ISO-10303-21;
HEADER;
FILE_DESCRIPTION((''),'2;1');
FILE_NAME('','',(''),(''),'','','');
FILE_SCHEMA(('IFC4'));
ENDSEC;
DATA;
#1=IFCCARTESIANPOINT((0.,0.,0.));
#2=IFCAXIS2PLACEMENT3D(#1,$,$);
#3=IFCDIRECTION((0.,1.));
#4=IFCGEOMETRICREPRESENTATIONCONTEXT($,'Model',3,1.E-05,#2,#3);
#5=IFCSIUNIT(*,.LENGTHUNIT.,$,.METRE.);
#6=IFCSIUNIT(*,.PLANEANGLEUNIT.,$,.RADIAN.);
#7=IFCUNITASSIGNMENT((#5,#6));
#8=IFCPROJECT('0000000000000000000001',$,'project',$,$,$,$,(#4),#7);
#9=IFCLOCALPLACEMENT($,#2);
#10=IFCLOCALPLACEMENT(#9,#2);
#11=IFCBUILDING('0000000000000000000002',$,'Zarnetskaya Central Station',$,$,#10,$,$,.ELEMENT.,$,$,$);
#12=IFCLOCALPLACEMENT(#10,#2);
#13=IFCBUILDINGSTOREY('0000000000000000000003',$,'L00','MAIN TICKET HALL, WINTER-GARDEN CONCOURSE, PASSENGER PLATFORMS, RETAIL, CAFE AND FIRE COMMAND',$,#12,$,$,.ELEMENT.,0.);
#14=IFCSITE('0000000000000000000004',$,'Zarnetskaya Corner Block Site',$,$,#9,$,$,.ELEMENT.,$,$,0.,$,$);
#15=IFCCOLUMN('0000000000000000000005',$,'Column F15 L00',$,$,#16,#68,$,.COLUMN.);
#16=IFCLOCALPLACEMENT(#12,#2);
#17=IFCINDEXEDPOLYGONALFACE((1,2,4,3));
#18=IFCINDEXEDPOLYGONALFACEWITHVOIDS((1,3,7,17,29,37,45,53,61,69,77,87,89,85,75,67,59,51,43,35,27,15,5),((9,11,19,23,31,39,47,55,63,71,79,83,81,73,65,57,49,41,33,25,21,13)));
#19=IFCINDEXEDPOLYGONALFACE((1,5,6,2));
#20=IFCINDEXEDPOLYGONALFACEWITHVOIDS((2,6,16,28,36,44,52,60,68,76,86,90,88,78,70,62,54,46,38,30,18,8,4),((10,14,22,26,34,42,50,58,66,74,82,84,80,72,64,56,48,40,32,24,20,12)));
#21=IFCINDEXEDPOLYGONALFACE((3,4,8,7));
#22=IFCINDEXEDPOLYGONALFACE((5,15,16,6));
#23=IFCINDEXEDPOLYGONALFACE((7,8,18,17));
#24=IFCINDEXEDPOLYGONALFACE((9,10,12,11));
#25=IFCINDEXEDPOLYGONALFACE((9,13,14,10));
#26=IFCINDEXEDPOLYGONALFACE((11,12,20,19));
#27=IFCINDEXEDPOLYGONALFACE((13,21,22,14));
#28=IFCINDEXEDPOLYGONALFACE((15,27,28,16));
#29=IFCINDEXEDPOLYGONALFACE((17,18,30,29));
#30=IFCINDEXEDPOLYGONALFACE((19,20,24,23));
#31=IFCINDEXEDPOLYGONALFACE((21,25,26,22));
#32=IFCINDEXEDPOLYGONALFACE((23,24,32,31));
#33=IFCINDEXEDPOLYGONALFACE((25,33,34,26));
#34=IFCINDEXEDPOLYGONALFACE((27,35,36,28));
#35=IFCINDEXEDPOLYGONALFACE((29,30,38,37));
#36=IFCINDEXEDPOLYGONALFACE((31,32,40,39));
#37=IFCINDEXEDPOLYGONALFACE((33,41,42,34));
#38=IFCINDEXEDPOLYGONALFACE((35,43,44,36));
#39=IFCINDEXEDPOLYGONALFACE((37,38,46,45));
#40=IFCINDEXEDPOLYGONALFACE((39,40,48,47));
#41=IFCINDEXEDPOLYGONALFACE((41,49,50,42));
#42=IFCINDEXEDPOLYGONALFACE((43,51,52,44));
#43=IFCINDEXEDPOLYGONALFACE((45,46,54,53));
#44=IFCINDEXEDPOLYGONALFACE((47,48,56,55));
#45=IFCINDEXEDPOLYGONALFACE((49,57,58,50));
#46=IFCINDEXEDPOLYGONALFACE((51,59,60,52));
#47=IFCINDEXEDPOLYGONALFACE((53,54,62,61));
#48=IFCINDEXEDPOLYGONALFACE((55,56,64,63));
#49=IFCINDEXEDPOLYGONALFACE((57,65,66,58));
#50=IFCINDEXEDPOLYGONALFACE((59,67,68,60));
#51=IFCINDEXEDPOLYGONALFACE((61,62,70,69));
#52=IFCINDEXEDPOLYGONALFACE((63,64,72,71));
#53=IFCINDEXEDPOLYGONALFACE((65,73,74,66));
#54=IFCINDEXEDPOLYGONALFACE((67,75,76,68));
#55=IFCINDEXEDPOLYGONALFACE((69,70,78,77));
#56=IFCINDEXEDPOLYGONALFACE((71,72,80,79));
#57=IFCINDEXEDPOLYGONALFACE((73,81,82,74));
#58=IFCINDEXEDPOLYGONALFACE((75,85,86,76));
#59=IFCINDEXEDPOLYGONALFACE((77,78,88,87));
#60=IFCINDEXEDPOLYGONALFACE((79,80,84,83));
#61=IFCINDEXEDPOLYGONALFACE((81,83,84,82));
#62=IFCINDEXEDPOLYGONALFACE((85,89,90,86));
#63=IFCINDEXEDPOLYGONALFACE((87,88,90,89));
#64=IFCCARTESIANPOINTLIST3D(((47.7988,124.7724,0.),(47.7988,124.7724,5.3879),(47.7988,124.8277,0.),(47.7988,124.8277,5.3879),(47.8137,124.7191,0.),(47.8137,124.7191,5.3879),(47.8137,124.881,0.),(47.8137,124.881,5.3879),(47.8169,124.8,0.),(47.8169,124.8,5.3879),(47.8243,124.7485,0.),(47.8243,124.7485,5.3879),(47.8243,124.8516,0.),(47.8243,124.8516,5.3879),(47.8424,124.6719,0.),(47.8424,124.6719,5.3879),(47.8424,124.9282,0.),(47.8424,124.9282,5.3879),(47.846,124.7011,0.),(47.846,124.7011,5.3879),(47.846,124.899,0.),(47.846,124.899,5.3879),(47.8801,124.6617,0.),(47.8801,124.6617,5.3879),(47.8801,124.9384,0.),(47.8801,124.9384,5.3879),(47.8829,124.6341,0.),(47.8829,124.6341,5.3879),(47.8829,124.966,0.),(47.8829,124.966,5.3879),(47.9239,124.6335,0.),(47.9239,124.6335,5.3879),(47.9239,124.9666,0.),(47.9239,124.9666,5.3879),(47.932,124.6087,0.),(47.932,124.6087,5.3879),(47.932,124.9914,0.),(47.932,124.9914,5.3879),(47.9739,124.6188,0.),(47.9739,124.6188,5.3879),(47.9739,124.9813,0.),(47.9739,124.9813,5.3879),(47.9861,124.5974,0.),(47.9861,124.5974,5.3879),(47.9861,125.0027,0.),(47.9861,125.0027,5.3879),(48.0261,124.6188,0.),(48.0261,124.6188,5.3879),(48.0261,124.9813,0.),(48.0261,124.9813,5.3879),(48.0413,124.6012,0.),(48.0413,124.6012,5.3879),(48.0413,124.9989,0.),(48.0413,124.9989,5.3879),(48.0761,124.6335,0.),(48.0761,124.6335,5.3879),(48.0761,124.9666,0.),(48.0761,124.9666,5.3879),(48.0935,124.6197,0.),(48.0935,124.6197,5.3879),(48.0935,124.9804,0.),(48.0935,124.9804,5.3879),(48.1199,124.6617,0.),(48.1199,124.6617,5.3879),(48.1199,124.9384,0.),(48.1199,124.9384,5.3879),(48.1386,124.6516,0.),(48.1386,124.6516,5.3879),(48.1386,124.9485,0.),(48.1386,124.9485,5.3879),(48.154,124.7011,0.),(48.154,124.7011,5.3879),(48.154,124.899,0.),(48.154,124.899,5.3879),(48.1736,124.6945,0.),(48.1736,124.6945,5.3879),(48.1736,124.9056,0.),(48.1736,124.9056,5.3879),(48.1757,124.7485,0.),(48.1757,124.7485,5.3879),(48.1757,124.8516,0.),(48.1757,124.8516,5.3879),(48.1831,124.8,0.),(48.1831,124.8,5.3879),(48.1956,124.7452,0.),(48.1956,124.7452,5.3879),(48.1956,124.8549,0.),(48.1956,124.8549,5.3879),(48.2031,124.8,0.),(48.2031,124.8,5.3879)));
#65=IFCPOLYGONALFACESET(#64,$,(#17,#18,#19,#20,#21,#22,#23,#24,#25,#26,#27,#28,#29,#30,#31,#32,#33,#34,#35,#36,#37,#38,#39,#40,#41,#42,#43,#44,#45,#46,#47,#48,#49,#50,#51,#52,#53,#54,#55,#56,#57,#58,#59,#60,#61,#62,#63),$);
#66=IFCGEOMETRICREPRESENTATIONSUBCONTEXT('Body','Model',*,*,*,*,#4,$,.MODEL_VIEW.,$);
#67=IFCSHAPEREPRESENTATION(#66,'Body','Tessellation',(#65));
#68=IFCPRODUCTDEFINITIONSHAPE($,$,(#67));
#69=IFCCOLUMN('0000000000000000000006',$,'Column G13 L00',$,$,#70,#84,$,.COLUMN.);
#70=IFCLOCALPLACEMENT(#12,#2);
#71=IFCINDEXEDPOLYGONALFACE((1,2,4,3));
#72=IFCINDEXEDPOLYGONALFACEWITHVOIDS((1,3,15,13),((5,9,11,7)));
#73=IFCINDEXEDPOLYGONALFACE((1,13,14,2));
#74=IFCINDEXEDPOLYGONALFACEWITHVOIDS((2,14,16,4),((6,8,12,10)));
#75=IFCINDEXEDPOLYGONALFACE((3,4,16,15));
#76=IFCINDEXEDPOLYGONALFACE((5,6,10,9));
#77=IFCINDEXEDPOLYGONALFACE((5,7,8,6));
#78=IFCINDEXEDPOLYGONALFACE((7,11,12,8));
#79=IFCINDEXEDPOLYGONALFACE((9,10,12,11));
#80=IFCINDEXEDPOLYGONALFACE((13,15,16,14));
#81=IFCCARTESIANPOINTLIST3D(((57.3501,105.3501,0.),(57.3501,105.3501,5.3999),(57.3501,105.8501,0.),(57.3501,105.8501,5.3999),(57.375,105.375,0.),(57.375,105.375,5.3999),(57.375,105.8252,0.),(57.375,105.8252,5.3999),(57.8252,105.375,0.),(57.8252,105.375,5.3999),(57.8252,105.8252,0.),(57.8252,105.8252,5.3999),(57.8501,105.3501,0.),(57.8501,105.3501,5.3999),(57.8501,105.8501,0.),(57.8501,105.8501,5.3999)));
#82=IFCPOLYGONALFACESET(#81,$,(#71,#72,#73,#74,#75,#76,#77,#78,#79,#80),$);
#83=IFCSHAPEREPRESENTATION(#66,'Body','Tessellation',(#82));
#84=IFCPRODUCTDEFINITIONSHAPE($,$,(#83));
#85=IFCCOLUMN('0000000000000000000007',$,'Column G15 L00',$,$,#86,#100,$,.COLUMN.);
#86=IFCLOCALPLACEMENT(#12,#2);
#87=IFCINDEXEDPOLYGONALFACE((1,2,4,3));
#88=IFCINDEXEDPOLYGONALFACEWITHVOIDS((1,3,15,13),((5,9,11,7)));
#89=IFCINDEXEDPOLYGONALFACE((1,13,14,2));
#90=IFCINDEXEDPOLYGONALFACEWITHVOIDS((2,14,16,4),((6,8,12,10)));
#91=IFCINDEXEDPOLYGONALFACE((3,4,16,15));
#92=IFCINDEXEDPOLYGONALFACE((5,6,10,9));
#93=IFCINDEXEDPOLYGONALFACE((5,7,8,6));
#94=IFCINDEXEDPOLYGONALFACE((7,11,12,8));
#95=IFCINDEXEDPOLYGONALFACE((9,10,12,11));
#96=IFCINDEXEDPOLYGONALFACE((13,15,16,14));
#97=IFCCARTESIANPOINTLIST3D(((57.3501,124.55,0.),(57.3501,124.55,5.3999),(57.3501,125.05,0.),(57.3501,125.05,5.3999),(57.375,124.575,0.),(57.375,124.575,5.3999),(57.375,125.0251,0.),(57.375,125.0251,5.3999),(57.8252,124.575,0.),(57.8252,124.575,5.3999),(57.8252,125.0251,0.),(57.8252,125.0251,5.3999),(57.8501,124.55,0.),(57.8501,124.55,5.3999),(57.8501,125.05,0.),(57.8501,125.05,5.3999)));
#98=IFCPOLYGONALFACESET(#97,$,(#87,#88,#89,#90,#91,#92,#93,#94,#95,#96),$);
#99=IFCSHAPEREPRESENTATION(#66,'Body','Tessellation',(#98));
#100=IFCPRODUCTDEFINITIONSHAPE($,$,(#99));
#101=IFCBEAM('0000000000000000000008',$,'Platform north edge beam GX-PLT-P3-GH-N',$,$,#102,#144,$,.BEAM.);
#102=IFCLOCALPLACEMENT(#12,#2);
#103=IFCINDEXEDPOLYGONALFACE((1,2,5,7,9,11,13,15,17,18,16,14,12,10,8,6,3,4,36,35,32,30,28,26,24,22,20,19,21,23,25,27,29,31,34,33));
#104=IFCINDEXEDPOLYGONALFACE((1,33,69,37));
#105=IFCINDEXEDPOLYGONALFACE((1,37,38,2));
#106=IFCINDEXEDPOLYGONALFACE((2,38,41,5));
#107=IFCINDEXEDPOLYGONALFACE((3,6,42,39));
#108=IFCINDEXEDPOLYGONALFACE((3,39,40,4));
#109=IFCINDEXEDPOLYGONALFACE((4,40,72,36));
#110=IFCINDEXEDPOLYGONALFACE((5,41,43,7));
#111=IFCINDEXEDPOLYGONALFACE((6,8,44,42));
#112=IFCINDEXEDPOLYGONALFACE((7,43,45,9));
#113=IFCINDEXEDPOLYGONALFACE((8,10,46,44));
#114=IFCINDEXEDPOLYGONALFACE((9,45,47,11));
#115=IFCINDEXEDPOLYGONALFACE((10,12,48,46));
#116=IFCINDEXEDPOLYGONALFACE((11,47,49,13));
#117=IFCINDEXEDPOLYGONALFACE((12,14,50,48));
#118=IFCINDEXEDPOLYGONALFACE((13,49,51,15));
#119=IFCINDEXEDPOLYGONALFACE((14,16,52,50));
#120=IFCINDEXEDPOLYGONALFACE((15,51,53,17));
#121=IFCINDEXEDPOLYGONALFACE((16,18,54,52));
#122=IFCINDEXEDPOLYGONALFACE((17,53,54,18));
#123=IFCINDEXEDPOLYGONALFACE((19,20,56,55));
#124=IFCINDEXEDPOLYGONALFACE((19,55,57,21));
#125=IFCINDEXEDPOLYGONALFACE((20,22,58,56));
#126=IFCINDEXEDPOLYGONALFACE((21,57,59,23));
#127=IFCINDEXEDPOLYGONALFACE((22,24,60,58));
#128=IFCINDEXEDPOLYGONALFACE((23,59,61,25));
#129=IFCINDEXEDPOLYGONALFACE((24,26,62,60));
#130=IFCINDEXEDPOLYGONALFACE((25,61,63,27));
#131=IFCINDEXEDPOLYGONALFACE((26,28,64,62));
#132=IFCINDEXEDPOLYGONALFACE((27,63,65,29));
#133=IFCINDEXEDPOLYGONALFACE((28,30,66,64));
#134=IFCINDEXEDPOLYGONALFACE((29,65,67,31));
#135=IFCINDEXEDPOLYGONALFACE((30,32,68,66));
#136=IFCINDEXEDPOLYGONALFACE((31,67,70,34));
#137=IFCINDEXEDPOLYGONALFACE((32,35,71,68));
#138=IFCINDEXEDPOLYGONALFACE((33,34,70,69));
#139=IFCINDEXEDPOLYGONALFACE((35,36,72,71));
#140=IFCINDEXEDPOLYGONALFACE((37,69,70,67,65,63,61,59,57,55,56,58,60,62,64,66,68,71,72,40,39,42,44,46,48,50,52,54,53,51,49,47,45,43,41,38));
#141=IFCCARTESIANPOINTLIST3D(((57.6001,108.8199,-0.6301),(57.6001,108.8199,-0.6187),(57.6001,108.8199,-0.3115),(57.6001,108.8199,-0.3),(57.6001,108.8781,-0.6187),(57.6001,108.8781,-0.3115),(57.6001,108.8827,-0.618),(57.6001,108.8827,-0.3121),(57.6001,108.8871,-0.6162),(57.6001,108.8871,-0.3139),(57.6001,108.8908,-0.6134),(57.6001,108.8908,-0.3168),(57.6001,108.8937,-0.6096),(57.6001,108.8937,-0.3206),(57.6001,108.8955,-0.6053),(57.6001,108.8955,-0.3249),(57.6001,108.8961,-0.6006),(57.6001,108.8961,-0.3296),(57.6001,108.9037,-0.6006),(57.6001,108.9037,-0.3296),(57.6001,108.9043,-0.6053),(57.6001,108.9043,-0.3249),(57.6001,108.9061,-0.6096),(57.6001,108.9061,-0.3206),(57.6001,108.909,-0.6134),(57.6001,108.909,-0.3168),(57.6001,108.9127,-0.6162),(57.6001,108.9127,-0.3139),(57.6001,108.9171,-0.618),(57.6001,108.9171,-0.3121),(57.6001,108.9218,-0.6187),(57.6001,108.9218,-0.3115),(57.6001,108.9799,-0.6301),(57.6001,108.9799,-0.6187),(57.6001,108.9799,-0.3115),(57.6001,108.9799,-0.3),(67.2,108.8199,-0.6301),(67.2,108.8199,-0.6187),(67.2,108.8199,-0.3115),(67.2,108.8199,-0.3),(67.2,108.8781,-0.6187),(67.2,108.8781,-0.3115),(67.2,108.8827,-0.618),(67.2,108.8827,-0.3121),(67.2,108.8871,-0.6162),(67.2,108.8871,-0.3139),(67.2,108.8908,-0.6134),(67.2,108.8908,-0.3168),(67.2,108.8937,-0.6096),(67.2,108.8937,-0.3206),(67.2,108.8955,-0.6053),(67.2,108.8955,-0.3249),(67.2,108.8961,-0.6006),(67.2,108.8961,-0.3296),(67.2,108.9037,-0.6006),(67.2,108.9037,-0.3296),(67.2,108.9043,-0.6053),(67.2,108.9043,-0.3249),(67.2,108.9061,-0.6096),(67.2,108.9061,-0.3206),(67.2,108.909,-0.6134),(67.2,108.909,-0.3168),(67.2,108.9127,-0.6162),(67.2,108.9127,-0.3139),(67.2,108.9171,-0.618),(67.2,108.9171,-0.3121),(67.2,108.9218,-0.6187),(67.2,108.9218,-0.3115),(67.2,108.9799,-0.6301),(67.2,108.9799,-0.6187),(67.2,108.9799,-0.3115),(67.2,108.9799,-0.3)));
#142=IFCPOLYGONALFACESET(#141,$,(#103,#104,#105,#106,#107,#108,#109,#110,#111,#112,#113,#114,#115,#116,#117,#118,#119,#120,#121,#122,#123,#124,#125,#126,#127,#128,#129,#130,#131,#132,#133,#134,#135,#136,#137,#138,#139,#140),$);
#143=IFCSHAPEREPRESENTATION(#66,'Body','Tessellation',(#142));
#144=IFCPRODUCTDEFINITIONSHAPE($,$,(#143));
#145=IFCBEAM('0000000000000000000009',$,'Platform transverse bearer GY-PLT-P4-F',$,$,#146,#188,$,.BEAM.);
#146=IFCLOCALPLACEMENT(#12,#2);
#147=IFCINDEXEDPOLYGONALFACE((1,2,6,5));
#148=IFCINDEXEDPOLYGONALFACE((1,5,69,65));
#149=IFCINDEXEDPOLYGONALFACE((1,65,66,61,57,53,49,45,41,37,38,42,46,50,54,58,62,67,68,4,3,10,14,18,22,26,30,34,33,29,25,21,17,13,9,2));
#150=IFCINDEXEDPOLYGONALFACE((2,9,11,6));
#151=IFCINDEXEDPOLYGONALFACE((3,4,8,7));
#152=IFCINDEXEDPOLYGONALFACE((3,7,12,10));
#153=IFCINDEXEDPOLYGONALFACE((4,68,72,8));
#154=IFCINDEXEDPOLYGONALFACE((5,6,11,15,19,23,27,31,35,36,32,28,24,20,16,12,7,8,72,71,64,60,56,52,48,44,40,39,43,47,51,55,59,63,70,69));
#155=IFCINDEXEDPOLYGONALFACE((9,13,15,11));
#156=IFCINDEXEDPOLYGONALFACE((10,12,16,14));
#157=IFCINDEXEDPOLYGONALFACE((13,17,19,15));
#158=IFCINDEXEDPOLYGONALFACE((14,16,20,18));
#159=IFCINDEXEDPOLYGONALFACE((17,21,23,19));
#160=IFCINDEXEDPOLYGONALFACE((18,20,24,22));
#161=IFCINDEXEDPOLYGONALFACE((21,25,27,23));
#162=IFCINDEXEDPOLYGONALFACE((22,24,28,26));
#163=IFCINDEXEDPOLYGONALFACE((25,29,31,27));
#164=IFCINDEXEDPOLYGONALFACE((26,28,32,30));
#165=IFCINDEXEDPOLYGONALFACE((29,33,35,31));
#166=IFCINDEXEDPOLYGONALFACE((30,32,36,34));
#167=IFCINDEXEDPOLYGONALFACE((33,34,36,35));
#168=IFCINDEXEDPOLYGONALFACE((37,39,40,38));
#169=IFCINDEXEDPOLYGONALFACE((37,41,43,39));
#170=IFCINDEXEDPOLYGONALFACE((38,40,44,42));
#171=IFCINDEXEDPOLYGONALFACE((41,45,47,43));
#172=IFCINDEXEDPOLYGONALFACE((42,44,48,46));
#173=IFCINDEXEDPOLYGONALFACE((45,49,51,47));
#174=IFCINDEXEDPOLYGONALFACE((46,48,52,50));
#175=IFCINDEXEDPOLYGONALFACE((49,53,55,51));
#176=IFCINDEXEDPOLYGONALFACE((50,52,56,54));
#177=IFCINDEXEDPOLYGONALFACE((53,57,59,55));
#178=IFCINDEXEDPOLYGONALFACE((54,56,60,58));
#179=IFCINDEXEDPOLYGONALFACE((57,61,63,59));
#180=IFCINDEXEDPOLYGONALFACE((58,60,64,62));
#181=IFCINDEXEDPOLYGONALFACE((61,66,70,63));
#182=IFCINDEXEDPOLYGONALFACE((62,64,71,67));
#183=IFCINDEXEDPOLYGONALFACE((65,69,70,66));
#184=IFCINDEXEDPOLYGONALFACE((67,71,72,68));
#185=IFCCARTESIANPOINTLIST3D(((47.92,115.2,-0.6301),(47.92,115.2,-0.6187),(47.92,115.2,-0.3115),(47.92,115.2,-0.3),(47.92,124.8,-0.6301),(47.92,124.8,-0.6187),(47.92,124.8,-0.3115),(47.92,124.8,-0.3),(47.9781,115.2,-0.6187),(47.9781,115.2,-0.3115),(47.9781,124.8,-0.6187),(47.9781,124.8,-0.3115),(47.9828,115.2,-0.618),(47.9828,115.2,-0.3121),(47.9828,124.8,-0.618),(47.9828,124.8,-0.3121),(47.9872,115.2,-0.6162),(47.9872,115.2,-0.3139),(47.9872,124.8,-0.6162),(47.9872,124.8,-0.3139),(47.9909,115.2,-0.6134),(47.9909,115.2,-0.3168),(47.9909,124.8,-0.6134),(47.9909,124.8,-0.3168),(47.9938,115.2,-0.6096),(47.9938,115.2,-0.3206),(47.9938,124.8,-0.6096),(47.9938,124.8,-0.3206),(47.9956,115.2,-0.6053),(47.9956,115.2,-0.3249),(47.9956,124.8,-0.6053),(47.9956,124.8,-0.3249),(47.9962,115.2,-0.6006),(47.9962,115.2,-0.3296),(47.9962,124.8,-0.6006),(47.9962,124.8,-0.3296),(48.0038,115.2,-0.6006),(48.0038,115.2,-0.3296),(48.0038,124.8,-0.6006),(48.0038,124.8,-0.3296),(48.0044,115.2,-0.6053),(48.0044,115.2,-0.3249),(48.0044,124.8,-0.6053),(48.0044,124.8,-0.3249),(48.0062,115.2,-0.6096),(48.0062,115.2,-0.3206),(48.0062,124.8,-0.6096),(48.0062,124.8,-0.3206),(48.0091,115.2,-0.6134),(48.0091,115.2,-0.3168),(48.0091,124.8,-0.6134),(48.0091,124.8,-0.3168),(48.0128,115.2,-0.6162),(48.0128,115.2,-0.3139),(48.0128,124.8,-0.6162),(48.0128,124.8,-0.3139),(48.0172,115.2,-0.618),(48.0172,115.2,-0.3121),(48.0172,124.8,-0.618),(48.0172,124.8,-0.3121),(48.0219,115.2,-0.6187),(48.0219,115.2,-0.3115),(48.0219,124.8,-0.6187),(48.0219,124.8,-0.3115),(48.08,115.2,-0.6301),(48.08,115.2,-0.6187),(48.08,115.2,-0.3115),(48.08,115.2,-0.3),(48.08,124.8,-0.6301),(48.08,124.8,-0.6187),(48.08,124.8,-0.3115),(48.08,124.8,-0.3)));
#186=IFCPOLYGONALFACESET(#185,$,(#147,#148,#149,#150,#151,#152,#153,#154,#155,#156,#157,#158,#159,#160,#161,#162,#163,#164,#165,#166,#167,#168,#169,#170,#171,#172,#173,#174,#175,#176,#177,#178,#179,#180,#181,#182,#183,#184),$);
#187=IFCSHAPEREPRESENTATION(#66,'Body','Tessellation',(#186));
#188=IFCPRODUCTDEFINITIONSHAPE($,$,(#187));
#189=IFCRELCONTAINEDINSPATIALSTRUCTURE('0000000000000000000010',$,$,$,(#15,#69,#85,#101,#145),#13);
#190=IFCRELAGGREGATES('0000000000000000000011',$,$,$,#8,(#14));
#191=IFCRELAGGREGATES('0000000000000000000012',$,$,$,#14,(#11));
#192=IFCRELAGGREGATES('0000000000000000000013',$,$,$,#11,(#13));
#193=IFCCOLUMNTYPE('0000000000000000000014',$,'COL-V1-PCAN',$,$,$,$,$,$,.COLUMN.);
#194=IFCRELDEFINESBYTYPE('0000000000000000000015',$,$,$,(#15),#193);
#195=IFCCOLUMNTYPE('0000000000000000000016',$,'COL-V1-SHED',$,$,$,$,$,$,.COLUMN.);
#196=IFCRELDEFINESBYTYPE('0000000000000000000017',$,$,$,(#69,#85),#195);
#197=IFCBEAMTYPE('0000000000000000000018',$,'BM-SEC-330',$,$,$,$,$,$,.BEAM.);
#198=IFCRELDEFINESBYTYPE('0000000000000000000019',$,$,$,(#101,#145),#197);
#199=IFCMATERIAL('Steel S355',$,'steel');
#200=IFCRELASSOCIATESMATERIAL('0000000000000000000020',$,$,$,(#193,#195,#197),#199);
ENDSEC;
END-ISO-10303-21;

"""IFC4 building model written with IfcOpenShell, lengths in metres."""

from ifc_helpers import new_model, si_unit, direction, frame, origin, origin_2d, place, context, subcontext, project, spatial, hollow_rectangle, hollow_circle, i_section, extrude, material, material_profile, profile_set, type_object, element, save


model = new_model("IFC4")

# Units and contexts
model_context = context("Model", 3, precision=1e-05, world=origin(), true_north=direction((0.0, 1.0)))
body_context = subcontext(model_context, "Body", "Model", "MODEL_VIEW")
ifc_project = project(units=[si_unit("LENGTHUNIT", "METRE"), si_unit("PLANEANGLEUNIT", "RADIAN")], contexts=[model_context])

# Site, building, storey
site_placement = place(None, origin())
site = spatial("IfcSite", under=ifc_project, at=site_placement, Name="Zarnetskaya Corner Block Site", CompositionType="ELEMENT", RefElevation=0.0)
building_placement = place(site_placement, origin())
building = spatial("IfcBuilding", under=site, at=building_placement, Name="Zarnetskaya Central Station", CompositionType="ELEMENT")
storey_placement = place(building_placement, origin())
storey = spatial("IfcBuildingStorey", under=building, at=storey_placement, Name="L00", Description="MAIN TICKET HALL, WINTER-GARDEN CONCOURSE, PASSENGER PLATFORMS, RETAIL, CAFE AND FIRE COMMAND", CompositionType="ELEMENT", Elevation=0.0)

# Columns
ifc_material_1 = material(Name="Steel S355", Category="steel")
ifc_material_profile_1 = material_profile(ifc_material_1, hollow_circle(Radius=0.2031, WallThickness=0.02, at=origin_2d()), Name="CHS 406.4x20")
ifc_profile_set_1 = profile_set([ifc_material_profile_1], Name="Steel S355")
column_type_1 = type_object("IfcColumnType", Name="COL-V1-PCAN", PredefinedType="COLUMN", material=ifc_profile_set_1)
column_placement = place(storey_placement, frame((48.0, 124.8, 0.0), z_axis=(0.0, 0.0, 1.0), x_axis=(1.0, 0.0, 0.0)))
element("IfcColumn", 1, at=column_placement, inside=storey, type_object=column_type_1, Name="Column F15 L00", PredefinedType="COLUMN", context=body_context, shape_type="SweptSolid", body=[
    extrude(hollow_circle(Radius=0.2031, WallThickness=0.02, at=origin_2d()), origin(), (0.0, 0.0, 1.0), 5.3879),
])
ifc_material_profile_2 = material_profile(ifc_material_1, hollow_rectangle(XDim=0.5, YDim=0.5, WallThickness=0.0249, at=origin_2d()), Name="BOX 500x500x25")
ifc_profile_set_2 = profile_set([ifc_material_profile_2], Name="Steel S355")
column_type_2 = type_object("IfcColumnType", Name="COL-V1-SHED", PredefinedType="COLUMN", material=ifc_profile_set_2)
for number, where, z_axis, x_axis, name in (
    (2, (57.6001, 105.6001, 0.0), (0.0, 0.0, 1.0), (1.0, 0.0, 0.0), "Column G13 L00"),
    (3, (57.6001, 124.8, 0.0), (0.0, 0.0, 1.0), (1.0, 0.0, 0.0), "Column G15 L00"),
):
    element("IfcColumn", number, at=place(storey_placement, frame(where, z_axis=z_axis, x_axis=x_axis)), inside=storey, type_object=column_type_2, Name=name, PredefinedType="COLUMN", context=body_context, shape_type="SweptSolid", body=[
        extrude(hollow_rectangle(XDim=0.5, YDim=0.5, WallThickness=0.0249, at=origin_2d()), origin(), (0.0, 0.0, 1.0), 5.3999),
    ])

# Beams
ifc_material_profile_3 = material_profile(ifc_material_1, i_section(OverallWidth=0.1599, OverallDepth=0.3301, WebThickness=0.0076, FlangeThickness=0.0115, FilletRadius=0.0181, at=origin_2d()), Name="IPE 330")
ifc_profile_set_3 = profile_set([ifc_material_profile_3], Name="Steel S355")
beam_type_1 = type_object("IfcBeamType", Name="BM-SEC-330", PredefinedType="BEAM", material=ifc_profile_set_3)
beam_1_placement = place(storey_placement, frame((57.6001, 108.8999, -0.4651), z_axis=(1.0, 0.0, 0.0), x_axis=(0.0, 1.0, 0.0)))
element("IfcBeam", 4, at=beam_1_placement, inside=storey, type_object=beam_type_1, Name="Platform north edge beam GX-PLT-P3-GH-N", PredefinedType="BEAM", context=body_context, shape_type="SweptSolid", body=[
    extrude(i_section(OverallWidth=0.1599, OverallDepth=0.3301, WebThickness=0.0076, FlangeThickness=0.0115, FilletRadius=0.0181, at=origin_2d()), origin(), (0.0, 0.0, 1.0), 9.5999),
])
for number, where, z_axis, x_axis, name in (
    (5, (48.0, 115.2, -0.4651), (0.0, 1.0, 0.0), (-1.0, 0.0, 0.0), "Platform transverse bearer GY-PLT-P4-F"),
):
    element("IfcBeam", number, at=place(storey_placement, frame(where, z_axis=z_axis, x_axis=x_axis)), inside=storey, type_object=beam_type_1, Name=name, PredefinedType="BEAM", context=body_context, shape_type="SweptSolid", body=[
        extrude(i_section(OverallWidth=0.1599, OverallDepth=0.3301, WebThickness=0.0076, FlangeThickness=0.0115, FilletRadius=0.0181, at=origin_2d()), origin(), (0.0, 0.0, 1.0), 9.6001),
    ])

save(model, "model.ifc")
